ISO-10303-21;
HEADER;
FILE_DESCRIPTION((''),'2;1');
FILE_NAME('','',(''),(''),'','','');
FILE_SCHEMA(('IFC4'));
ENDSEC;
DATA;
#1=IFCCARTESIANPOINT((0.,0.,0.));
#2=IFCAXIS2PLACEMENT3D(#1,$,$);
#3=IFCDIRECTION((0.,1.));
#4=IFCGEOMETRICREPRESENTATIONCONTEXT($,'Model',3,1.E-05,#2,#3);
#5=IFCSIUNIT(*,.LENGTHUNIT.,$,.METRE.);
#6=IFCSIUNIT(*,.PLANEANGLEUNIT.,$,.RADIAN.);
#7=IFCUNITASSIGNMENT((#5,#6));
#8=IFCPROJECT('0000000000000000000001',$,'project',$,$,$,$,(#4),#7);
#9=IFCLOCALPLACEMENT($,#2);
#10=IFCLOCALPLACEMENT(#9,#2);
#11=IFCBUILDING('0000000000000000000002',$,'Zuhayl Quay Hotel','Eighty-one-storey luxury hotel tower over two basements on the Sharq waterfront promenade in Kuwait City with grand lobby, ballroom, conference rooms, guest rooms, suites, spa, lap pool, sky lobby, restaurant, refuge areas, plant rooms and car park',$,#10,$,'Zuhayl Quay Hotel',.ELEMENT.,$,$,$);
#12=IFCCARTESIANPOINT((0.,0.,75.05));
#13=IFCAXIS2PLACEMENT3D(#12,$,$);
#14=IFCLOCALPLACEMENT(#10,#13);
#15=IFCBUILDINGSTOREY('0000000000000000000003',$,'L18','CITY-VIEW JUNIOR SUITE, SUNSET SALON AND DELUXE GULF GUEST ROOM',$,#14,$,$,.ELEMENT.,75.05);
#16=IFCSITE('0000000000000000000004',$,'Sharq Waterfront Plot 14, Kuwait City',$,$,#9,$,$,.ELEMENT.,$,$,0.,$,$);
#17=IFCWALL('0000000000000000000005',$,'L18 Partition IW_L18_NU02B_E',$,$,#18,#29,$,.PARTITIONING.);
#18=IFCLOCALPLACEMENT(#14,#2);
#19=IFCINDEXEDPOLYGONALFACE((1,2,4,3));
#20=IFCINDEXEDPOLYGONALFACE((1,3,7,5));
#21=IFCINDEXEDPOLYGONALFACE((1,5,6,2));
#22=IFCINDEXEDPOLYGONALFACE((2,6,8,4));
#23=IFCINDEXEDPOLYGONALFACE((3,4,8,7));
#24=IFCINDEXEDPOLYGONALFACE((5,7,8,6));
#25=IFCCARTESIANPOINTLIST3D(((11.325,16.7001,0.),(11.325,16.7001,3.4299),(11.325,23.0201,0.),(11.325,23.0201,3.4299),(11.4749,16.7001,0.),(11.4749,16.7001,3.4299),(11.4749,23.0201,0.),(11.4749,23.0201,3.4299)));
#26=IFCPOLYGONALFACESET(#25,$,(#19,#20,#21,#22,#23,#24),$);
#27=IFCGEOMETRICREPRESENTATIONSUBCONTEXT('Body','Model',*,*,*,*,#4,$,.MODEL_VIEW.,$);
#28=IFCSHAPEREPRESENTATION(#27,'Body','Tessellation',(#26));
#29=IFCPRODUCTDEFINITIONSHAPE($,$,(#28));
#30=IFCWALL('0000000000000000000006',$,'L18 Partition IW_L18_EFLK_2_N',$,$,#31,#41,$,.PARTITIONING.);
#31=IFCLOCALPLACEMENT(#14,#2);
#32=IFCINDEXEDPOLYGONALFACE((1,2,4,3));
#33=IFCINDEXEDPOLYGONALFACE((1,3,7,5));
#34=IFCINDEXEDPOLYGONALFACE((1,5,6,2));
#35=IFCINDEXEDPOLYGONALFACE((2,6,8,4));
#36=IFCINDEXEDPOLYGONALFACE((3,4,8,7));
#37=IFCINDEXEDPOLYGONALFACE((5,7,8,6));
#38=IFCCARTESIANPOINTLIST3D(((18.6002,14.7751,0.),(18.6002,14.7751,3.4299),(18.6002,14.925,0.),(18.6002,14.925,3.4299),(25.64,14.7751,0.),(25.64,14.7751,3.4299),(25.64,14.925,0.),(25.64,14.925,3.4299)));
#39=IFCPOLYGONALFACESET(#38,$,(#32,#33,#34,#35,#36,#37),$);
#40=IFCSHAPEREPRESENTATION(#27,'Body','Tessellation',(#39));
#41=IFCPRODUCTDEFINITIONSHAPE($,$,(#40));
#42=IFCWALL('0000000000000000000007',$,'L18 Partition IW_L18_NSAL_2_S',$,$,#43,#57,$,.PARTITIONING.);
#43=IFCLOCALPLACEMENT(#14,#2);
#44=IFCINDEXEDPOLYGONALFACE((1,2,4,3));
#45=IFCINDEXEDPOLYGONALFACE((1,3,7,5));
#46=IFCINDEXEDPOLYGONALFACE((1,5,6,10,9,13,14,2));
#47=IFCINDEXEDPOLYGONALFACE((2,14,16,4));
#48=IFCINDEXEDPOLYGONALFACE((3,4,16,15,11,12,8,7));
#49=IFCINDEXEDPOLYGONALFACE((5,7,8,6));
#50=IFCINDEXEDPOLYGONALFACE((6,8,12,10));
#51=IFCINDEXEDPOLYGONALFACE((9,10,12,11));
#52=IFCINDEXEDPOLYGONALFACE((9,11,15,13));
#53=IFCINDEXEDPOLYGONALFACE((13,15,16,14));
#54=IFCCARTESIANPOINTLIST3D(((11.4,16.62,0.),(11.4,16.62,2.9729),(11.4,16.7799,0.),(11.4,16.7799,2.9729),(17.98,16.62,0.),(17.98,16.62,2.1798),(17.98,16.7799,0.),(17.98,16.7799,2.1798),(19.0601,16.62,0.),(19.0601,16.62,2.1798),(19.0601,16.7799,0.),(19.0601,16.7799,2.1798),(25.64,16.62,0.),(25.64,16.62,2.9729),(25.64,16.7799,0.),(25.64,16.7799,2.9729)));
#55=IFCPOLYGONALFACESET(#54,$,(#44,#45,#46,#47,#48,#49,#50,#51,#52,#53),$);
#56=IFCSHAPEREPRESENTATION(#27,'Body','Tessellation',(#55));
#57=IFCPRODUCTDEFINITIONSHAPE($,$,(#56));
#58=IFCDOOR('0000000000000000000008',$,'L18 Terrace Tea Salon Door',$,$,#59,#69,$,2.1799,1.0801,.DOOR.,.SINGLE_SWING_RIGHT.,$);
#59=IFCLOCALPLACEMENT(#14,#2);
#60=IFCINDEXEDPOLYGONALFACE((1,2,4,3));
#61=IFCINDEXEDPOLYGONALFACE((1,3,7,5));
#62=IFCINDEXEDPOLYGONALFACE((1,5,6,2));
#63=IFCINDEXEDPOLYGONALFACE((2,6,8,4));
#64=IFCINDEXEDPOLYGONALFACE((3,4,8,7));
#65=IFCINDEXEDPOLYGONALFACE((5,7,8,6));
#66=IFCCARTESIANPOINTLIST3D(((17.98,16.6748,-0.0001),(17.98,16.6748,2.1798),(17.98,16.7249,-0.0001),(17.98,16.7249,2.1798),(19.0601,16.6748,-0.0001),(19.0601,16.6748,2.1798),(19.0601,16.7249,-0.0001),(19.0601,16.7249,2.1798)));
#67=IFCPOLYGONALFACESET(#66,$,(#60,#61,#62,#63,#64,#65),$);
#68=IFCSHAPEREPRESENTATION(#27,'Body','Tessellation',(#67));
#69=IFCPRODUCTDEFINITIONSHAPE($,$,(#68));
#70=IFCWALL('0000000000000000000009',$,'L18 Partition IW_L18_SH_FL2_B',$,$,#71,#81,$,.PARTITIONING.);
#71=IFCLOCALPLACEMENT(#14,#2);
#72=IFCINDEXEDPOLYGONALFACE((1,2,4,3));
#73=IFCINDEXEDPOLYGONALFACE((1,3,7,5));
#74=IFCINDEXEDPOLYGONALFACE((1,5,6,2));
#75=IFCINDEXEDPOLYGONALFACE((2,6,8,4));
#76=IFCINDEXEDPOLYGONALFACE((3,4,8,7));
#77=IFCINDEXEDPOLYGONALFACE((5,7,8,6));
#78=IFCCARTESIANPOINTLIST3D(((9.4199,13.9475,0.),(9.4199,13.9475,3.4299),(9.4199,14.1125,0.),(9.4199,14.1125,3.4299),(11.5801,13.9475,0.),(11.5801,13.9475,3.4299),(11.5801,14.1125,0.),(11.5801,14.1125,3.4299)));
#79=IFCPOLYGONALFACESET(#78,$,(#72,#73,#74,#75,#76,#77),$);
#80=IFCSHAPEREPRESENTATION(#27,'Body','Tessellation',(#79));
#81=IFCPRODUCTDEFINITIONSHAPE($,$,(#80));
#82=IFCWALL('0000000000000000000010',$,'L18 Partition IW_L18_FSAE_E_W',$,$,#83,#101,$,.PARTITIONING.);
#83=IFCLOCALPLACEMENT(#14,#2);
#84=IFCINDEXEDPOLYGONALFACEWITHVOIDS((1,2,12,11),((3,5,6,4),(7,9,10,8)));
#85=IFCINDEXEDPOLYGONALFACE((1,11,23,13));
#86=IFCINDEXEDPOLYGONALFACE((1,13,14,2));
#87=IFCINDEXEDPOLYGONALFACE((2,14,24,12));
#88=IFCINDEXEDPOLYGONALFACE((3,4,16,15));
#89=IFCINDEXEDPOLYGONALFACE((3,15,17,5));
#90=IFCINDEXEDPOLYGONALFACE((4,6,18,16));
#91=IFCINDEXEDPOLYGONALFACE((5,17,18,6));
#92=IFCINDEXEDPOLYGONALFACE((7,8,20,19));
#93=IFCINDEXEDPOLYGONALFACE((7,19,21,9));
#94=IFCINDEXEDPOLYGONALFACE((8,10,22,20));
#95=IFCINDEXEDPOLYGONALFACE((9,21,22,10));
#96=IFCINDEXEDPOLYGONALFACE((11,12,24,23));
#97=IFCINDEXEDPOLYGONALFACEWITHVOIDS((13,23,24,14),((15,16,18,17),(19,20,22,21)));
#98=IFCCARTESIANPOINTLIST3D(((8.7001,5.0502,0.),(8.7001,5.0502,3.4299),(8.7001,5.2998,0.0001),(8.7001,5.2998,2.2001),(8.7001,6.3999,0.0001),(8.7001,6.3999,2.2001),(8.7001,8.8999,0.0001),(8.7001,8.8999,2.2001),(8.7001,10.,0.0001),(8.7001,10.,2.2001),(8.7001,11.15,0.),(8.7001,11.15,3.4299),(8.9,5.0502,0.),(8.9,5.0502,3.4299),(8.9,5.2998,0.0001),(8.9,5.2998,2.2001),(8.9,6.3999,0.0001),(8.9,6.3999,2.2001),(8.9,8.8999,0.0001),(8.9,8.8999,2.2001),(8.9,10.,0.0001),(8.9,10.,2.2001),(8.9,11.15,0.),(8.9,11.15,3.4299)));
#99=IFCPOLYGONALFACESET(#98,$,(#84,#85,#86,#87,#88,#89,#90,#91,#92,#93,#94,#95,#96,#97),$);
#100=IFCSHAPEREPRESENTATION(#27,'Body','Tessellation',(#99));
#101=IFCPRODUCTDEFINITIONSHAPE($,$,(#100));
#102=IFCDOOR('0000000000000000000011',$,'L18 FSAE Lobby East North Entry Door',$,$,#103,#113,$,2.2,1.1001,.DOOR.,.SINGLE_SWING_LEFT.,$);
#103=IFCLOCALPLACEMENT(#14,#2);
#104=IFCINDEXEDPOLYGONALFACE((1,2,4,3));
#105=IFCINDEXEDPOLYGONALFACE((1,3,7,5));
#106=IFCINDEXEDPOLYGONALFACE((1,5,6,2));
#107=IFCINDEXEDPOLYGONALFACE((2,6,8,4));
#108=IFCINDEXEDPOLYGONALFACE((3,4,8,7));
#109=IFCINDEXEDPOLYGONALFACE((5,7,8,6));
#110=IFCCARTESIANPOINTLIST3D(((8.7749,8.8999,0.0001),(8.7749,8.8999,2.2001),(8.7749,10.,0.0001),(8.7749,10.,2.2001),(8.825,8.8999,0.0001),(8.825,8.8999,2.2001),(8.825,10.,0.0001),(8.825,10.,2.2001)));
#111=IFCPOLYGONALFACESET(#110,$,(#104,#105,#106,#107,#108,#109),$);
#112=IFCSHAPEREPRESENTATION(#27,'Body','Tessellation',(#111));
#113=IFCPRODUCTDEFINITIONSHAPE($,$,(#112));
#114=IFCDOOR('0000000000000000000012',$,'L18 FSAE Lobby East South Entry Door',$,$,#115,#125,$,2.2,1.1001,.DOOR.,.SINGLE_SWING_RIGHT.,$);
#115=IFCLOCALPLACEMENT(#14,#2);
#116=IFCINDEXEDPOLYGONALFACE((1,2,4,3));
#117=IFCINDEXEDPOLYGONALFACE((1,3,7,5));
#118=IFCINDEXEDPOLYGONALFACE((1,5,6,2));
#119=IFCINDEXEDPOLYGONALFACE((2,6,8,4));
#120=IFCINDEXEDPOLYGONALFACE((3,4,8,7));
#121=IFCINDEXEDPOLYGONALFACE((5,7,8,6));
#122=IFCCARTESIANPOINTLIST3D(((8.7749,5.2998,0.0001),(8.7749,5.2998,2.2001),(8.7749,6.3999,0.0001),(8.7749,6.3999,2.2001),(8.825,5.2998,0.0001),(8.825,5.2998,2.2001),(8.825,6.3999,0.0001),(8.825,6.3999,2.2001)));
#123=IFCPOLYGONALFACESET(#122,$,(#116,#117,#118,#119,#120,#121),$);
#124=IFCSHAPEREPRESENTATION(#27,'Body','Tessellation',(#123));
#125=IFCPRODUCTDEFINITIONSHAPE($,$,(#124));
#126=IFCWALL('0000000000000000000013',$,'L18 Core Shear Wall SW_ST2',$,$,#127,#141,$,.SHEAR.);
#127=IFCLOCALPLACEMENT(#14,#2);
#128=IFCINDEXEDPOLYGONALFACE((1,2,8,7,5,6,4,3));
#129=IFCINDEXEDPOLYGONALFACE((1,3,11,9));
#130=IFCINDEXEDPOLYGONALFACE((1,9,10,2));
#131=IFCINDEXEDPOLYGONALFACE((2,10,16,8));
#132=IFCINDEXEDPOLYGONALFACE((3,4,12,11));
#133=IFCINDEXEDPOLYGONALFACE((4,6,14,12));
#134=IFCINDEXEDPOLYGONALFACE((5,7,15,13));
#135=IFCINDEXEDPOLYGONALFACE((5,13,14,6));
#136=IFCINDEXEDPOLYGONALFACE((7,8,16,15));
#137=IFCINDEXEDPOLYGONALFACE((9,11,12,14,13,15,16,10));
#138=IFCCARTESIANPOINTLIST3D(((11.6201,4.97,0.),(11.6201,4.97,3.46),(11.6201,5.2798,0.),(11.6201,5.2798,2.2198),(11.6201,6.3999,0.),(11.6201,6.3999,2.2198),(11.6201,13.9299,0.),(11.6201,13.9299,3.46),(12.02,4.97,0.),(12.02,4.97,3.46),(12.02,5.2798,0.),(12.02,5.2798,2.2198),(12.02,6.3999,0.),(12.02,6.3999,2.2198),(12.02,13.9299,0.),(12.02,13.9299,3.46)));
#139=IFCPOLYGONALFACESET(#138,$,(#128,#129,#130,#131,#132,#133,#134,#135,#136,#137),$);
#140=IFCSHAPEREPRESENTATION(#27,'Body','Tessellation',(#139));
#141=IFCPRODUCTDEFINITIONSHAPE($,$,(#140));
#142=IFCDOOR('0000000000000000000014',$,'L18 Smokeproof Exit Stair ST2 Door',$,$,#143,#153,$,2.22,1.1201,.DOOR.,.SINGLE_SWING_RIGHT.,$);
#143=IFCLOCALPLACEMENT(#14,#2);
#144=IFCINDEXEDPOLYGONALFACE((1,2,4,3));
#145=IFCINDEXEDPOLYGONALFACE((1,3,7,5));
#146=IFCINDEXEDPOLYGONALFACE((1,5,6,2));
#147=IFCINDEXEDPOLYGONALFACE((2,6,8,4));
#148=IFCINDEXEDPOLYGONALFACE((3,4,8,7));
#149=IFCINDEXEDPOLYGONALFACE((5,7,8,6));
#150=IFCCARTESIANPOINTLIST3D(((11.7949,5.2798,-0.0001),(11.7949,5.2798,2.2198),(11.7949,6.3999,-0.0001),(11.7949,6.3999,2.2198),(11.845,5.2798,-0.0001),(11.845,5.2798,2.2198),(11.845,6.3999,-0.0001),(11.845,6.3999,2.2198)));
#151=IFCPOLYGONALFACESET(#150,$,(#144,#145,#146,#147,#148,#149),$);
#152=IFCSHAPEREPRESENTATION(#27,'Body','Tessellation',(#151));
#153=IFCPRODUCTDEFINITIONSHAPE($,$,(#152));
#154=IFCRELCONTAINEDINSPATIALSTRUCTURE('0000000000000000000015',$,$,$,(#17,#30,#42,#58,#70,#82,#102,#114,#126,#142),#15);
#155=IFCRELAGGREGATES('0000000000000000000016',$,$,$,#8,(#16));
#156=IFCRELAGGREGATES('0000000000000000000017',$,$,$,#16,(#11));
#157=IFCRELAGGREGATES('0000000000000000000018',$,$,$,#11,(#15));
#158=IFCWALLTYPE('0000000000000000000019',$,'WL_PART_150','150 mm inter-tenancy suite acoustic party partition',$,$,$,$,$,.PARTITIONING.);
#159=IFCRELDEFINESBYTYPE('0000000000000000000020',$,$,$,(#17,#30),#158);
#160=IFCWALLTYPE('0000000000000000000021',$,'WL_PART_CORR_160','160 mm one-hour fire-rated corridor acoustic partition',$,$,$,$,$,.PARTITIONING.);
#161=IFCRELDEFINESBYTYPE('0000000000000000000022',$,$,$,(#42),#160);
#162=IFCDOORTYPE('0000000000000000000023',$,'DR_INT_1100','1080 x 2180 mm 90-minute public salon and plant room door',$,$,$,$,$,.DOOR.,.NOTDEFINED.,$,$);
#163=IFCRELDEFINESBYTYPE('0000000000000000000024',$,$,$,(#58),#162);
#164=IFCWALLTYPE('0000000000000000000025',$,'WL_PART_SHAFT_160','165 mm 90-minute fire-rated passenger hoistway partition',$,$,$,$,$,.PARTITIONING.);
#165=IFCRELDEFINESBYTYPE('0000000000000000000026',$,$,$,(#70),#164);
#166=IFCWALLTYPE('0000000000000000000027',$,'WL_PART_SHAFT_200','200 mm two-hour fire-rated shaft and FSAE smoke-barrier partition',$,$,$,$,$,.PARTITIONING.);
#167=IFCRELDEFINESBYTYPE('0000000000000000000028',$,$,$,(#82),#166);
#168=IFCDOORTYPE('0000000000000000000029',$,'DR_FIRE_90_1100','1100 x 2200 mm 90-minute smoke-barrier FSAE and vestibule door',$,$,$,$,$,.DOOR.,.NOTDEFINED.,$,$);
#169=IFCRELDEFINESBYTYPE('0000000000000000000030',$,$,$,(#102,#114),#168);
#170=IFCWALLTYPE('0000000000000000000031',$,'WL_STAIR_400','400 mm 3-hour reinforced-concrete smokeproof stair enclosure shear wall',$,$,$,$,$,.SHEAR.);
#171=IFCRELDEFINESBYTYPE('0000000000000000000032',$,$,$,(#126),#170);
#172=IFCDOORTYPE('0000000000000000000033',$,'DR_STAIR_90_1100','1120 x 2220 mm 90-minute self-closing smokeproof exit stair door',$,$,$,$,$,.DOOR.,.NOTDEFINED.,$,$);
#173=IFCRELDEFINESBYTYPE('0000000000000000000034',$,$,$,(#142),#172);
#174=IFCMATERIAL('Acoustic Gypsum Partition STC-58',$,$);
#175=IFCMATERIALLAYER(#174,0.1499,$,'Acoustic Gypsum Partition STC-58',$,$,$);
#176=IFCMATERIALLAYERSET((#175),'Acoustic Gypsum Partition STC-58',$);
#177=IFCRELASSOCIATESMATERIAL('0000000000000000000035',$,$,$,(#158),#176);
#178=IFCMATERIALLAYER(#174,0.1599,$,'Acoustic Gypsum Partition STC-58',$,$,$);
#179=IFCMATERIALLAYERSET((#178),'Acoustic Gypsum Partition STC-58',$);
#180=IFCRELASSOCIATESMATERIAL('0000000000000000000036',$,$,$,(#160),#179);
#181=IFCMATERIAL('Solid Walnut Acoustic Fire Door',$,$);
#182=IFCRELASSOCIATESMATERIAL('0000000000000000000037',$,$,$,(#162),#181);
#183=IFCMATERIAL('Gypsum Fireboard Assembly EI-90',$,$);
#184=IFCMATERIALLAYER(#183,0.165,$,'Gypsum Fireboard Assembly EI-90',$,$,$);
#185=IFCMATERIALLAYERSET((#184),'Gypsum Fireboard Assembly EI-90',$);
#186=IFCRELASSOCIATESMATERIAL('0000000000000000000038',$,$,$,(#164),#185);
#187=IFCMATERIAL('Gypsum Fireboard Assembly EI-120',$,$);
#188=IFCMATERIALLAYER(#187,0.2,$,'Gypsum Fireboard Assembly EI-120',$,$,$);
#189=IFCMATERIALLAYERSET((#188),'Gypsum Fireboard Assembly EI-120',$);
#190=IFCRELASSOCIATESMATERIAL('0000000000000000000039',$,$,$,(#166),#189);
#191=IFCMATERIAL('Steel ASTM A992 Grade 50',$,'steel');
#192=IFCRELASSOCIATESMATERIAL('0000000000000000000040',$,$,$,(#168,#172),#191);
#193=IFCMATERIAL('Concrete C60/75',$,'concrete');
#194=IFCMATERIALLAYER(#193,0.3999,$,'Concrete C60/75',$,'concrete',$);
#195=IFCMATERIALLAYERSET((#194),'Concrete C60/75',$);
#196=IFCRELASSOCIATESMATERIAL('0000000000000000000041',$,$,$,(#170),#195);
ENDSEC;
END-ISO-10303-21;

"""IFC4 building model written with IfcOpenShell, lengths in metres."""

from ifc_helpers import new_model, si_unit, direction, frame, frame_2d, origin, place, context, subcontext, project, spatial, rectangle, extrude, material, layer, layer_set, type_object, element, fill, save


model = new_model("IFC4")

# Units and contexts
model_context = context("Model", 3, precision=1e-05, world=origin(), true_north=direction((0.0, 1.0)))
body_context = subcontext(model_context, "Body", "Model", "MODEL_VIEW")
ifc_project = project(units=[si_unit("LENGTHUNIT", "METRE"), si_unit("PLANEANGLEUNIT", "RADIAN")], contexts=[model_context])

# Site, building, storey
site_placement = place(None, origin())
site = spatial("IfcSite", under=ifc_project, at=site_placement, Name="Sharq Waterfront Plot 14, Kuwait City", CompositionType="ELEMENT", RefElevation=0.0)
building_placement = place(site_placement, origin())
building = spatial("IfcBuilding", under=site, at=building_placement, Name="Zuhayl Quay Hotel", Description="Eighty-one-storey luxury hotel tower over two basements on the Sharq waterfront promenade in Kuwait City with grand lobby, ballroom, conference rooms, guest rooms, suites, spa, lap pool, sky lobby, restaurant, refuge areas, plant rooms and car park", LongName="Zuhayl Quay Hotel", CompositionType="ELEMENT")
storey_placement = place(building_placement, frame((0.0, 0.0, 75.05)))
storey = spatial("IfcBuildingStorey", under=building, at=storey_placement, Name="L18", Description="CITY-VIEW JUNIOR SUITE, SUNSET SALON AND DELUXE GULF GUEST ROOM", CompositionType="ELEMENT", Elevation=75.05)

# Shared definitions
ifc_material_1 = material(Name="Steel ASTM A992 Grade 50", Category="steel")

# Walls
ifc_material_2 = material(Name="Acoustic Gypsum Partition STC-58")
ifc_layer_1 = layer(ifc_material_2, 0.1499, Name="Acoustic Gypsum Partition STC-58")
ifc_layer_set_1 = layer_set([ifc_layer_1], Name="Acoustic Gypsum Partition STC-58")
wall_type_1 = type_object("IfcWallType", Name="WL_PART_150", Description="150 mm inter-tenancy suite acoustic party partition", PredefinedType="PARTITIONING", material=ifc_layer_set_1)
wall_1_placement = place(storey_placement, frame((11.3999, 16.7, 0.0), z_axis=(0.0, 0.0, 1.0), x_axis=(0.0, 1.0, 0.0)))
element("IfcWall", 1, at=wall_1_placement, inside=storey, type_object=wall_type_1, Name="L18 Partition IW_L18_NU02B_E", PredefinedType="PARTITIONING", context=body_context, shape_type="SweptSolid", body=[
    extrude(rectangle(XDim=6.3201, YDim=0.1499, at=frame_2d((3.1602, 0.0))), origin(), (0.0, 0.0, 1.0), 3.4299),
])
wall_2_placement = place(storey_placement, frame((18.6001, 14.8501, 0.0), z_axis=(0.0, 0.0, 1.0), x_axis=(1.0, 0.0, 0.0)))
element("IfcWall", 2, at=wall_2_placement, inside=storey, type_object=wall_type_1, Name="L18 Partition IW_L18_EFLK_2_N", PredefinedType="PARTITIONING", context=body_context, shape_type="SweptSolid", body=[
    extrude(rectangle(XDim=7.0398, YDim=0.1499, at=frame_2d((3.52, 0.0))), origin(), (0.0, 0.0, 1.0), 3.4299),
])

# Wall, opening, door
ifc_layer_2 = layer(ifc_material_2, 0.1599, Name="Acoustic Gypsum Partition STC-58")
ifc_layer_set_2 = layer_set([ifc_layer_2], Name="Acoustic Gypsum Partition STC-58")
wall_type_2 = type_object("IfcWallType", Name="WL_PART_CORR_160", Description="160 mm one-hour fire-rated corridor acoustic partition", PredefinedType="PARTITIONING", material=ifc_layer_set_2)
wall_3_placement = place(storey_placement, frame((11.3999, 16.7, 0.0), z_axis=(0.0, 0.0, 1.0), x_axis=(1.0, 0.0, 0.0)))
wall_3 = element("IfcWall", 3, at=wall_3_placement, inside=storey, type_object=wall_type_2, Name="L18 Partition IW_L18_NSAL_2_S", PredefinedType="PARTITIONING", context=body_context, shape_type="SweptSolid", body=[
    extrude(rectangle(XDim=14.24, YDim=0.1599, at=frame_2d((7.1201, 0.0))), origin(), (0.0, 0.0, 1.0), 2.9729),
])
opening_1_placement = place(wall_3_placement, frame((6.5801, 0.0, 0.0)))
opening_1 = element("IfcOpeningElement", 4, at=opening_1_placement, cuts=wall_3, PredefinedType="OPENING", context=body_context, shape_type="SweptSolid", body=[
    extrude(rectangle(XDim=1.0801, YDim=2.1799, at=frame_2d((0.54, 1.0898))), frame((0.0, 0.0898, 0.0), z_axis=(0.0, -1.0, 0.0), x_axis=(1.0, 0.0, 0.0)), (0.0, 0.0, 1.0), 0.1799),
])
ifc_material_3 = material(Name="Solid Walnut Acoustic Fire Door")
door_type_1 = type_object("IfcDoorType", Name="DR_INT_1100", Description="1080 x 2180 mm 90-minute public salon and plant room door", OperationType="NOTDEFINED", PredefinedType="DOOR", material=ifc_material_3)
door_1_placement = place(opening_1_placement, origin())
door_1 = element("IfcDoor", 5, at=door_1_placement, inside=storey, type_object=door_type_1, Name="L18 Terrace Tea Salon Door", OperationType="SINGLE_SWING_RIGHT", OverallHeight=2.1799, OverallWidth=1.0801, PredefinedType="DOOR", context=body_context, shape_type="SweptSolid", body=[
    extrude(rectangle(XDim=1.0801, YDim=2.1799, at=frame_2d((0.54, 1.0898))), frame((0.0, 0.0249, 0.0), z_axis=(0.0, -1.0, 0.0), x_axis=(1.0, 0.0, 0.0)), (0.0, 0.0, 1.0), 0.05),
])
fill(opening_1, door_1)

# Wall
ifc_material_4 = material(Name="Gypsum Fireboard Assembly EI-90")
ifc_layer_3 = layer(ifc_material_4, 0.165, Name="Gypsum Fireboard Assembly EI-90")
ifc_layer_set_3 = layer_set([ifc_layer_3], Name="Gypsum Fireboard Assembly EI-90")
wall_type_3 = type_object("IfcWallType", Name="WL_PART_SHAFT_160", Description="165 mm 90-minute fire-rated passenger hoistway partition", PredefinedType="PARTITIONING", material=ifc_layer_set_3)
wall_4_placement = place(storey_placement, frame((9.4199, 14.03, 0.0), z_axis=(0.0, 0.0, 1.0), x_axis=(1.0, 0.0, 0.0)))
element("IfcWall", 6, at=wall_4_placement, inside=storey, type_object=wall_type_3, Name="L18 Partition IW_L18_SH_FL2_B", PredefinedType="PARTITIONING", context=body_context, shape_type="SweptSolid", body=[
    extrude(rectangle(XDim=2.1602, YDim=0.165, at=frame_2d((1.0801, 0.0))), origin(), (0.0, 0.0, 1.0), 3.4299),
])

# Wall, openings, doors
ifc_material_5 = material(Name="Gypsum Fireboard Assembly EI-120")
ifc_layer_4 = layer(ifc_material_5, 0.2, Name="Gypsum Fireboard Assembly EI-120")
ifc_layer_set_4 = layer_set([ifc_layer_4], Name="Gypsum Fireboard Assembly EI-120")
wall_type_4 = type_object("IfcWallType", Name="WL_PART_SHAFT_200", Description="200 mm two-hour fire-rated shaft and FSAE smoke-barrier partition", PredefinedType="PARTITIONING", material=ifc_layer_set_4)
wall_5_placement = place(storey_placement, frame((8.8, 11.1499, 0.0), z_axis=(0.0, 0.0, 1.0), x_axis=(0.0, -1.0, 0.0)))
wall_5 = element("IfcWall", 7, at=wall_5_placement, inside=storey, type_object=wall_type_4, Name="L18 Partition IW_L18_FSAE_E_W", PredefinedType="PARTITIONING", context=body_context, shape_type="SweptSolid", body=[
    extrude(rectangle(XDim=6.0999, YDim=0.2, at=frame_2d((3.0498, 0.0))), origin(), (0.0, 0.0, 1.0), 3.4299),
])
opening_2_placement = place(wall_5_placement, frame((1.1499, 0.0, 0.0)))
opening_2 = element("IfcOpeningElement", 8, at=opening_2_placement, cuts=wall_5, PredefinedType="OPENING", context=body_context, shape_type="SweptSolid", body=[
    extrude(rectangle(XDim=1.1001, YDim=2.2, at=frame_2d((0.55, 1.1001))), frame((0.0, 0.1099, 0.0), z_axis=(0.0, -1.0, 0.0), x_axis=(1.0, 0.0, 0.0)), (0.0, 0.0, 1.0), 0.22),
])
opening_3_placement = place(wall_5_placement, frame((4.75, 0.0, 0.0)))
opening_3 = element("IfcOpeningElement", 9, at=opening_3_placement, cuts=wall_5, PredefinedType="OPENING", context=body_context, shape_type="SweptSolid", body=[
    extrude(rectangle(XDim=1.1001, YDim=2.2, at=frame_2d((0.55, 1.1001))), frame((0.0, 0.1099, 0.0), z_axis=(0.0, -1.0, 0.0), x_axis=(1.0, 0.0, 0.0)), (0.0, 0.0, 1.0), 0.22),
])
door_type_2 = type_object("IfcDoorType", Name="DR_FIRE_90_1100", Description="1100 x 2200 mm 90-minute smoke-barrier FSAE and vestibule door", OperationType="NOTDEFINED", PredefinedType="DOOR", material=ifc_material_1)
door_2_placement = place(opening_2_placement, origin())
door_2 = element("IfcDoor", 10, at=door_2_placement, inside=storey, type_object=door_type_2, Name="L18 FSAE Lobby East North Entry Door", OperationType="SINGLE_SWING_LEFT", OverallHeight=2.2, OverallWidth=1.1001, PredefinedType="DOOR", context=body_context, shape_type="SweptSolid", body=[
    extrude(rectangle(XDim=1.1001, YDim=2.2, at=frame_2d((0.55, 1.1001))), frame((0.0, 0.0249, 0.0), z_axis=(0.0, -1.0, 0.0), x_axis=(1.0, 0.0, 0.0)), (0.0, 0.0, 1.0), 0.05),
])
fill(opening_2, door_2)
door_3_placement = place(opening_3_placement, origin())
door_3 = element("IfcDoor", 11, at=door_3_placement, inside=storey, type_object=door_type_2, Name="L18 FSAE Lobby East South Entry Door", OperationType="SINGLE_SWING_RIGHT", OverallHeight=2.2, OverallWidth=1.1001, PredefinedType="DOOR", context=body_context, shape_type="SweptSolid", body=[
    extrude(rectangle(XDim=1.1001, YDim=2.2, at=frame_2d((0.55, 1.1001))), frame((0.0, 0.0249, 0.0), z_axis=(0.0, -1.0, 0.0), x_axis=(1.0, 0.0, 0.0)), (0.0, 0.0, 1.0), 0.05),
])
fill(opening_3, door_3)

# Wall, opening, door
ifc_material_6 = material(Name="Concrete C60/75", Category="concrete")
ifc_layer_5 = layer(ifc_material_6, 0.3999, Name="Concrete C60/75", Category="concrete")
ifc_layer_set_5 = layer_set([ifc_layer_5], Name="Concrete C60/75")
wall_type_5 = type_object("IfcWallType", Name="WL_STAIR_400", Description="400 mm 3-hour reinforced-concrete smokeproof stair enclosure shear wall", PredefinedType="SHEAR", material=ifc_layer_set_5)
wall_6_placement = place(storey_placement, frame((11.8201, 13.9299, 0.0), z_axis=(0.0, 0.0, 1.0), x_axis=(0.0, -1.0, 0.0)))
wall_6 = element("IfcWall", 12, at=wall_6_placement, inside=storey, type_object=wall_type_5, Name="L18 Core Shear Wall SW_ST2", PredefinedType="SHEAR", context=body_context, shape_type="SweptSolid", body=[
    extrude(rectangle(XDim=8.96, YDim=0.3999, at=frame_2d((4.48, 0.0))), origin(), (0.0, 0.0, 1.0), 3.46),
])
opening_4_placement = place(wall_6_placement, frame((7.53, 0.0, 0.0)))
opening_4 = element("IfcOpeningElement", 13, at=opening_4_placement, cuts=wall_6, PredefinedType="OPENING", context=body_context, shape_type="SweptSolid", body=[
    extrude(rectangle(XDim=1.1201, YDim=2.22, at=frame_2d((0.5601, 1.1099))), frame((0.0, 0.21, 0.0), z_axis=(0.0, -1.0, 0.0), x_axis=(1.0, 0.0, 0.0)), (0.0, 0.0, 1.0), 0.4199),
])
door_type_3 = type_object("IfcDoorType", Name="DR_STAIR_90_1100", Description="1120 x 2220 mm 90-minute self-closing smokeproof exit stair door", OperationType="NOTDEFINED", PredefinedType="DOOR", material=ifc_material_1)
door_4_placement = place(opening_4_placement, origin())
door_4 = element("IfcDoor", 14, at=door_4_placement, inside=storey, type_object=door_type_3, Name="L18 Smokeproof Exit Stair ST2 Door", OperationType="SINGLE_SWING_RIGHT", OverallHeight=2.22, OverallWidth=1.1201, PredefinedType="DOOR", context=body_context, shape_type="SweptSolid", body=[
    extrude(rectangle(XDim=1.1201, YDim=2.22, at=frame_2d((0.5601, 1.1099))), frame((0.0, 0.0249, 0.0), z_axis=(0.0, -1.0, 0.0), x_axis=(1.0, 0.0, 0.0)), (0.0, 0.0, 1.0), 0.05),
])
fill(opening_4, door_4)

save(model, "model.ifc")
